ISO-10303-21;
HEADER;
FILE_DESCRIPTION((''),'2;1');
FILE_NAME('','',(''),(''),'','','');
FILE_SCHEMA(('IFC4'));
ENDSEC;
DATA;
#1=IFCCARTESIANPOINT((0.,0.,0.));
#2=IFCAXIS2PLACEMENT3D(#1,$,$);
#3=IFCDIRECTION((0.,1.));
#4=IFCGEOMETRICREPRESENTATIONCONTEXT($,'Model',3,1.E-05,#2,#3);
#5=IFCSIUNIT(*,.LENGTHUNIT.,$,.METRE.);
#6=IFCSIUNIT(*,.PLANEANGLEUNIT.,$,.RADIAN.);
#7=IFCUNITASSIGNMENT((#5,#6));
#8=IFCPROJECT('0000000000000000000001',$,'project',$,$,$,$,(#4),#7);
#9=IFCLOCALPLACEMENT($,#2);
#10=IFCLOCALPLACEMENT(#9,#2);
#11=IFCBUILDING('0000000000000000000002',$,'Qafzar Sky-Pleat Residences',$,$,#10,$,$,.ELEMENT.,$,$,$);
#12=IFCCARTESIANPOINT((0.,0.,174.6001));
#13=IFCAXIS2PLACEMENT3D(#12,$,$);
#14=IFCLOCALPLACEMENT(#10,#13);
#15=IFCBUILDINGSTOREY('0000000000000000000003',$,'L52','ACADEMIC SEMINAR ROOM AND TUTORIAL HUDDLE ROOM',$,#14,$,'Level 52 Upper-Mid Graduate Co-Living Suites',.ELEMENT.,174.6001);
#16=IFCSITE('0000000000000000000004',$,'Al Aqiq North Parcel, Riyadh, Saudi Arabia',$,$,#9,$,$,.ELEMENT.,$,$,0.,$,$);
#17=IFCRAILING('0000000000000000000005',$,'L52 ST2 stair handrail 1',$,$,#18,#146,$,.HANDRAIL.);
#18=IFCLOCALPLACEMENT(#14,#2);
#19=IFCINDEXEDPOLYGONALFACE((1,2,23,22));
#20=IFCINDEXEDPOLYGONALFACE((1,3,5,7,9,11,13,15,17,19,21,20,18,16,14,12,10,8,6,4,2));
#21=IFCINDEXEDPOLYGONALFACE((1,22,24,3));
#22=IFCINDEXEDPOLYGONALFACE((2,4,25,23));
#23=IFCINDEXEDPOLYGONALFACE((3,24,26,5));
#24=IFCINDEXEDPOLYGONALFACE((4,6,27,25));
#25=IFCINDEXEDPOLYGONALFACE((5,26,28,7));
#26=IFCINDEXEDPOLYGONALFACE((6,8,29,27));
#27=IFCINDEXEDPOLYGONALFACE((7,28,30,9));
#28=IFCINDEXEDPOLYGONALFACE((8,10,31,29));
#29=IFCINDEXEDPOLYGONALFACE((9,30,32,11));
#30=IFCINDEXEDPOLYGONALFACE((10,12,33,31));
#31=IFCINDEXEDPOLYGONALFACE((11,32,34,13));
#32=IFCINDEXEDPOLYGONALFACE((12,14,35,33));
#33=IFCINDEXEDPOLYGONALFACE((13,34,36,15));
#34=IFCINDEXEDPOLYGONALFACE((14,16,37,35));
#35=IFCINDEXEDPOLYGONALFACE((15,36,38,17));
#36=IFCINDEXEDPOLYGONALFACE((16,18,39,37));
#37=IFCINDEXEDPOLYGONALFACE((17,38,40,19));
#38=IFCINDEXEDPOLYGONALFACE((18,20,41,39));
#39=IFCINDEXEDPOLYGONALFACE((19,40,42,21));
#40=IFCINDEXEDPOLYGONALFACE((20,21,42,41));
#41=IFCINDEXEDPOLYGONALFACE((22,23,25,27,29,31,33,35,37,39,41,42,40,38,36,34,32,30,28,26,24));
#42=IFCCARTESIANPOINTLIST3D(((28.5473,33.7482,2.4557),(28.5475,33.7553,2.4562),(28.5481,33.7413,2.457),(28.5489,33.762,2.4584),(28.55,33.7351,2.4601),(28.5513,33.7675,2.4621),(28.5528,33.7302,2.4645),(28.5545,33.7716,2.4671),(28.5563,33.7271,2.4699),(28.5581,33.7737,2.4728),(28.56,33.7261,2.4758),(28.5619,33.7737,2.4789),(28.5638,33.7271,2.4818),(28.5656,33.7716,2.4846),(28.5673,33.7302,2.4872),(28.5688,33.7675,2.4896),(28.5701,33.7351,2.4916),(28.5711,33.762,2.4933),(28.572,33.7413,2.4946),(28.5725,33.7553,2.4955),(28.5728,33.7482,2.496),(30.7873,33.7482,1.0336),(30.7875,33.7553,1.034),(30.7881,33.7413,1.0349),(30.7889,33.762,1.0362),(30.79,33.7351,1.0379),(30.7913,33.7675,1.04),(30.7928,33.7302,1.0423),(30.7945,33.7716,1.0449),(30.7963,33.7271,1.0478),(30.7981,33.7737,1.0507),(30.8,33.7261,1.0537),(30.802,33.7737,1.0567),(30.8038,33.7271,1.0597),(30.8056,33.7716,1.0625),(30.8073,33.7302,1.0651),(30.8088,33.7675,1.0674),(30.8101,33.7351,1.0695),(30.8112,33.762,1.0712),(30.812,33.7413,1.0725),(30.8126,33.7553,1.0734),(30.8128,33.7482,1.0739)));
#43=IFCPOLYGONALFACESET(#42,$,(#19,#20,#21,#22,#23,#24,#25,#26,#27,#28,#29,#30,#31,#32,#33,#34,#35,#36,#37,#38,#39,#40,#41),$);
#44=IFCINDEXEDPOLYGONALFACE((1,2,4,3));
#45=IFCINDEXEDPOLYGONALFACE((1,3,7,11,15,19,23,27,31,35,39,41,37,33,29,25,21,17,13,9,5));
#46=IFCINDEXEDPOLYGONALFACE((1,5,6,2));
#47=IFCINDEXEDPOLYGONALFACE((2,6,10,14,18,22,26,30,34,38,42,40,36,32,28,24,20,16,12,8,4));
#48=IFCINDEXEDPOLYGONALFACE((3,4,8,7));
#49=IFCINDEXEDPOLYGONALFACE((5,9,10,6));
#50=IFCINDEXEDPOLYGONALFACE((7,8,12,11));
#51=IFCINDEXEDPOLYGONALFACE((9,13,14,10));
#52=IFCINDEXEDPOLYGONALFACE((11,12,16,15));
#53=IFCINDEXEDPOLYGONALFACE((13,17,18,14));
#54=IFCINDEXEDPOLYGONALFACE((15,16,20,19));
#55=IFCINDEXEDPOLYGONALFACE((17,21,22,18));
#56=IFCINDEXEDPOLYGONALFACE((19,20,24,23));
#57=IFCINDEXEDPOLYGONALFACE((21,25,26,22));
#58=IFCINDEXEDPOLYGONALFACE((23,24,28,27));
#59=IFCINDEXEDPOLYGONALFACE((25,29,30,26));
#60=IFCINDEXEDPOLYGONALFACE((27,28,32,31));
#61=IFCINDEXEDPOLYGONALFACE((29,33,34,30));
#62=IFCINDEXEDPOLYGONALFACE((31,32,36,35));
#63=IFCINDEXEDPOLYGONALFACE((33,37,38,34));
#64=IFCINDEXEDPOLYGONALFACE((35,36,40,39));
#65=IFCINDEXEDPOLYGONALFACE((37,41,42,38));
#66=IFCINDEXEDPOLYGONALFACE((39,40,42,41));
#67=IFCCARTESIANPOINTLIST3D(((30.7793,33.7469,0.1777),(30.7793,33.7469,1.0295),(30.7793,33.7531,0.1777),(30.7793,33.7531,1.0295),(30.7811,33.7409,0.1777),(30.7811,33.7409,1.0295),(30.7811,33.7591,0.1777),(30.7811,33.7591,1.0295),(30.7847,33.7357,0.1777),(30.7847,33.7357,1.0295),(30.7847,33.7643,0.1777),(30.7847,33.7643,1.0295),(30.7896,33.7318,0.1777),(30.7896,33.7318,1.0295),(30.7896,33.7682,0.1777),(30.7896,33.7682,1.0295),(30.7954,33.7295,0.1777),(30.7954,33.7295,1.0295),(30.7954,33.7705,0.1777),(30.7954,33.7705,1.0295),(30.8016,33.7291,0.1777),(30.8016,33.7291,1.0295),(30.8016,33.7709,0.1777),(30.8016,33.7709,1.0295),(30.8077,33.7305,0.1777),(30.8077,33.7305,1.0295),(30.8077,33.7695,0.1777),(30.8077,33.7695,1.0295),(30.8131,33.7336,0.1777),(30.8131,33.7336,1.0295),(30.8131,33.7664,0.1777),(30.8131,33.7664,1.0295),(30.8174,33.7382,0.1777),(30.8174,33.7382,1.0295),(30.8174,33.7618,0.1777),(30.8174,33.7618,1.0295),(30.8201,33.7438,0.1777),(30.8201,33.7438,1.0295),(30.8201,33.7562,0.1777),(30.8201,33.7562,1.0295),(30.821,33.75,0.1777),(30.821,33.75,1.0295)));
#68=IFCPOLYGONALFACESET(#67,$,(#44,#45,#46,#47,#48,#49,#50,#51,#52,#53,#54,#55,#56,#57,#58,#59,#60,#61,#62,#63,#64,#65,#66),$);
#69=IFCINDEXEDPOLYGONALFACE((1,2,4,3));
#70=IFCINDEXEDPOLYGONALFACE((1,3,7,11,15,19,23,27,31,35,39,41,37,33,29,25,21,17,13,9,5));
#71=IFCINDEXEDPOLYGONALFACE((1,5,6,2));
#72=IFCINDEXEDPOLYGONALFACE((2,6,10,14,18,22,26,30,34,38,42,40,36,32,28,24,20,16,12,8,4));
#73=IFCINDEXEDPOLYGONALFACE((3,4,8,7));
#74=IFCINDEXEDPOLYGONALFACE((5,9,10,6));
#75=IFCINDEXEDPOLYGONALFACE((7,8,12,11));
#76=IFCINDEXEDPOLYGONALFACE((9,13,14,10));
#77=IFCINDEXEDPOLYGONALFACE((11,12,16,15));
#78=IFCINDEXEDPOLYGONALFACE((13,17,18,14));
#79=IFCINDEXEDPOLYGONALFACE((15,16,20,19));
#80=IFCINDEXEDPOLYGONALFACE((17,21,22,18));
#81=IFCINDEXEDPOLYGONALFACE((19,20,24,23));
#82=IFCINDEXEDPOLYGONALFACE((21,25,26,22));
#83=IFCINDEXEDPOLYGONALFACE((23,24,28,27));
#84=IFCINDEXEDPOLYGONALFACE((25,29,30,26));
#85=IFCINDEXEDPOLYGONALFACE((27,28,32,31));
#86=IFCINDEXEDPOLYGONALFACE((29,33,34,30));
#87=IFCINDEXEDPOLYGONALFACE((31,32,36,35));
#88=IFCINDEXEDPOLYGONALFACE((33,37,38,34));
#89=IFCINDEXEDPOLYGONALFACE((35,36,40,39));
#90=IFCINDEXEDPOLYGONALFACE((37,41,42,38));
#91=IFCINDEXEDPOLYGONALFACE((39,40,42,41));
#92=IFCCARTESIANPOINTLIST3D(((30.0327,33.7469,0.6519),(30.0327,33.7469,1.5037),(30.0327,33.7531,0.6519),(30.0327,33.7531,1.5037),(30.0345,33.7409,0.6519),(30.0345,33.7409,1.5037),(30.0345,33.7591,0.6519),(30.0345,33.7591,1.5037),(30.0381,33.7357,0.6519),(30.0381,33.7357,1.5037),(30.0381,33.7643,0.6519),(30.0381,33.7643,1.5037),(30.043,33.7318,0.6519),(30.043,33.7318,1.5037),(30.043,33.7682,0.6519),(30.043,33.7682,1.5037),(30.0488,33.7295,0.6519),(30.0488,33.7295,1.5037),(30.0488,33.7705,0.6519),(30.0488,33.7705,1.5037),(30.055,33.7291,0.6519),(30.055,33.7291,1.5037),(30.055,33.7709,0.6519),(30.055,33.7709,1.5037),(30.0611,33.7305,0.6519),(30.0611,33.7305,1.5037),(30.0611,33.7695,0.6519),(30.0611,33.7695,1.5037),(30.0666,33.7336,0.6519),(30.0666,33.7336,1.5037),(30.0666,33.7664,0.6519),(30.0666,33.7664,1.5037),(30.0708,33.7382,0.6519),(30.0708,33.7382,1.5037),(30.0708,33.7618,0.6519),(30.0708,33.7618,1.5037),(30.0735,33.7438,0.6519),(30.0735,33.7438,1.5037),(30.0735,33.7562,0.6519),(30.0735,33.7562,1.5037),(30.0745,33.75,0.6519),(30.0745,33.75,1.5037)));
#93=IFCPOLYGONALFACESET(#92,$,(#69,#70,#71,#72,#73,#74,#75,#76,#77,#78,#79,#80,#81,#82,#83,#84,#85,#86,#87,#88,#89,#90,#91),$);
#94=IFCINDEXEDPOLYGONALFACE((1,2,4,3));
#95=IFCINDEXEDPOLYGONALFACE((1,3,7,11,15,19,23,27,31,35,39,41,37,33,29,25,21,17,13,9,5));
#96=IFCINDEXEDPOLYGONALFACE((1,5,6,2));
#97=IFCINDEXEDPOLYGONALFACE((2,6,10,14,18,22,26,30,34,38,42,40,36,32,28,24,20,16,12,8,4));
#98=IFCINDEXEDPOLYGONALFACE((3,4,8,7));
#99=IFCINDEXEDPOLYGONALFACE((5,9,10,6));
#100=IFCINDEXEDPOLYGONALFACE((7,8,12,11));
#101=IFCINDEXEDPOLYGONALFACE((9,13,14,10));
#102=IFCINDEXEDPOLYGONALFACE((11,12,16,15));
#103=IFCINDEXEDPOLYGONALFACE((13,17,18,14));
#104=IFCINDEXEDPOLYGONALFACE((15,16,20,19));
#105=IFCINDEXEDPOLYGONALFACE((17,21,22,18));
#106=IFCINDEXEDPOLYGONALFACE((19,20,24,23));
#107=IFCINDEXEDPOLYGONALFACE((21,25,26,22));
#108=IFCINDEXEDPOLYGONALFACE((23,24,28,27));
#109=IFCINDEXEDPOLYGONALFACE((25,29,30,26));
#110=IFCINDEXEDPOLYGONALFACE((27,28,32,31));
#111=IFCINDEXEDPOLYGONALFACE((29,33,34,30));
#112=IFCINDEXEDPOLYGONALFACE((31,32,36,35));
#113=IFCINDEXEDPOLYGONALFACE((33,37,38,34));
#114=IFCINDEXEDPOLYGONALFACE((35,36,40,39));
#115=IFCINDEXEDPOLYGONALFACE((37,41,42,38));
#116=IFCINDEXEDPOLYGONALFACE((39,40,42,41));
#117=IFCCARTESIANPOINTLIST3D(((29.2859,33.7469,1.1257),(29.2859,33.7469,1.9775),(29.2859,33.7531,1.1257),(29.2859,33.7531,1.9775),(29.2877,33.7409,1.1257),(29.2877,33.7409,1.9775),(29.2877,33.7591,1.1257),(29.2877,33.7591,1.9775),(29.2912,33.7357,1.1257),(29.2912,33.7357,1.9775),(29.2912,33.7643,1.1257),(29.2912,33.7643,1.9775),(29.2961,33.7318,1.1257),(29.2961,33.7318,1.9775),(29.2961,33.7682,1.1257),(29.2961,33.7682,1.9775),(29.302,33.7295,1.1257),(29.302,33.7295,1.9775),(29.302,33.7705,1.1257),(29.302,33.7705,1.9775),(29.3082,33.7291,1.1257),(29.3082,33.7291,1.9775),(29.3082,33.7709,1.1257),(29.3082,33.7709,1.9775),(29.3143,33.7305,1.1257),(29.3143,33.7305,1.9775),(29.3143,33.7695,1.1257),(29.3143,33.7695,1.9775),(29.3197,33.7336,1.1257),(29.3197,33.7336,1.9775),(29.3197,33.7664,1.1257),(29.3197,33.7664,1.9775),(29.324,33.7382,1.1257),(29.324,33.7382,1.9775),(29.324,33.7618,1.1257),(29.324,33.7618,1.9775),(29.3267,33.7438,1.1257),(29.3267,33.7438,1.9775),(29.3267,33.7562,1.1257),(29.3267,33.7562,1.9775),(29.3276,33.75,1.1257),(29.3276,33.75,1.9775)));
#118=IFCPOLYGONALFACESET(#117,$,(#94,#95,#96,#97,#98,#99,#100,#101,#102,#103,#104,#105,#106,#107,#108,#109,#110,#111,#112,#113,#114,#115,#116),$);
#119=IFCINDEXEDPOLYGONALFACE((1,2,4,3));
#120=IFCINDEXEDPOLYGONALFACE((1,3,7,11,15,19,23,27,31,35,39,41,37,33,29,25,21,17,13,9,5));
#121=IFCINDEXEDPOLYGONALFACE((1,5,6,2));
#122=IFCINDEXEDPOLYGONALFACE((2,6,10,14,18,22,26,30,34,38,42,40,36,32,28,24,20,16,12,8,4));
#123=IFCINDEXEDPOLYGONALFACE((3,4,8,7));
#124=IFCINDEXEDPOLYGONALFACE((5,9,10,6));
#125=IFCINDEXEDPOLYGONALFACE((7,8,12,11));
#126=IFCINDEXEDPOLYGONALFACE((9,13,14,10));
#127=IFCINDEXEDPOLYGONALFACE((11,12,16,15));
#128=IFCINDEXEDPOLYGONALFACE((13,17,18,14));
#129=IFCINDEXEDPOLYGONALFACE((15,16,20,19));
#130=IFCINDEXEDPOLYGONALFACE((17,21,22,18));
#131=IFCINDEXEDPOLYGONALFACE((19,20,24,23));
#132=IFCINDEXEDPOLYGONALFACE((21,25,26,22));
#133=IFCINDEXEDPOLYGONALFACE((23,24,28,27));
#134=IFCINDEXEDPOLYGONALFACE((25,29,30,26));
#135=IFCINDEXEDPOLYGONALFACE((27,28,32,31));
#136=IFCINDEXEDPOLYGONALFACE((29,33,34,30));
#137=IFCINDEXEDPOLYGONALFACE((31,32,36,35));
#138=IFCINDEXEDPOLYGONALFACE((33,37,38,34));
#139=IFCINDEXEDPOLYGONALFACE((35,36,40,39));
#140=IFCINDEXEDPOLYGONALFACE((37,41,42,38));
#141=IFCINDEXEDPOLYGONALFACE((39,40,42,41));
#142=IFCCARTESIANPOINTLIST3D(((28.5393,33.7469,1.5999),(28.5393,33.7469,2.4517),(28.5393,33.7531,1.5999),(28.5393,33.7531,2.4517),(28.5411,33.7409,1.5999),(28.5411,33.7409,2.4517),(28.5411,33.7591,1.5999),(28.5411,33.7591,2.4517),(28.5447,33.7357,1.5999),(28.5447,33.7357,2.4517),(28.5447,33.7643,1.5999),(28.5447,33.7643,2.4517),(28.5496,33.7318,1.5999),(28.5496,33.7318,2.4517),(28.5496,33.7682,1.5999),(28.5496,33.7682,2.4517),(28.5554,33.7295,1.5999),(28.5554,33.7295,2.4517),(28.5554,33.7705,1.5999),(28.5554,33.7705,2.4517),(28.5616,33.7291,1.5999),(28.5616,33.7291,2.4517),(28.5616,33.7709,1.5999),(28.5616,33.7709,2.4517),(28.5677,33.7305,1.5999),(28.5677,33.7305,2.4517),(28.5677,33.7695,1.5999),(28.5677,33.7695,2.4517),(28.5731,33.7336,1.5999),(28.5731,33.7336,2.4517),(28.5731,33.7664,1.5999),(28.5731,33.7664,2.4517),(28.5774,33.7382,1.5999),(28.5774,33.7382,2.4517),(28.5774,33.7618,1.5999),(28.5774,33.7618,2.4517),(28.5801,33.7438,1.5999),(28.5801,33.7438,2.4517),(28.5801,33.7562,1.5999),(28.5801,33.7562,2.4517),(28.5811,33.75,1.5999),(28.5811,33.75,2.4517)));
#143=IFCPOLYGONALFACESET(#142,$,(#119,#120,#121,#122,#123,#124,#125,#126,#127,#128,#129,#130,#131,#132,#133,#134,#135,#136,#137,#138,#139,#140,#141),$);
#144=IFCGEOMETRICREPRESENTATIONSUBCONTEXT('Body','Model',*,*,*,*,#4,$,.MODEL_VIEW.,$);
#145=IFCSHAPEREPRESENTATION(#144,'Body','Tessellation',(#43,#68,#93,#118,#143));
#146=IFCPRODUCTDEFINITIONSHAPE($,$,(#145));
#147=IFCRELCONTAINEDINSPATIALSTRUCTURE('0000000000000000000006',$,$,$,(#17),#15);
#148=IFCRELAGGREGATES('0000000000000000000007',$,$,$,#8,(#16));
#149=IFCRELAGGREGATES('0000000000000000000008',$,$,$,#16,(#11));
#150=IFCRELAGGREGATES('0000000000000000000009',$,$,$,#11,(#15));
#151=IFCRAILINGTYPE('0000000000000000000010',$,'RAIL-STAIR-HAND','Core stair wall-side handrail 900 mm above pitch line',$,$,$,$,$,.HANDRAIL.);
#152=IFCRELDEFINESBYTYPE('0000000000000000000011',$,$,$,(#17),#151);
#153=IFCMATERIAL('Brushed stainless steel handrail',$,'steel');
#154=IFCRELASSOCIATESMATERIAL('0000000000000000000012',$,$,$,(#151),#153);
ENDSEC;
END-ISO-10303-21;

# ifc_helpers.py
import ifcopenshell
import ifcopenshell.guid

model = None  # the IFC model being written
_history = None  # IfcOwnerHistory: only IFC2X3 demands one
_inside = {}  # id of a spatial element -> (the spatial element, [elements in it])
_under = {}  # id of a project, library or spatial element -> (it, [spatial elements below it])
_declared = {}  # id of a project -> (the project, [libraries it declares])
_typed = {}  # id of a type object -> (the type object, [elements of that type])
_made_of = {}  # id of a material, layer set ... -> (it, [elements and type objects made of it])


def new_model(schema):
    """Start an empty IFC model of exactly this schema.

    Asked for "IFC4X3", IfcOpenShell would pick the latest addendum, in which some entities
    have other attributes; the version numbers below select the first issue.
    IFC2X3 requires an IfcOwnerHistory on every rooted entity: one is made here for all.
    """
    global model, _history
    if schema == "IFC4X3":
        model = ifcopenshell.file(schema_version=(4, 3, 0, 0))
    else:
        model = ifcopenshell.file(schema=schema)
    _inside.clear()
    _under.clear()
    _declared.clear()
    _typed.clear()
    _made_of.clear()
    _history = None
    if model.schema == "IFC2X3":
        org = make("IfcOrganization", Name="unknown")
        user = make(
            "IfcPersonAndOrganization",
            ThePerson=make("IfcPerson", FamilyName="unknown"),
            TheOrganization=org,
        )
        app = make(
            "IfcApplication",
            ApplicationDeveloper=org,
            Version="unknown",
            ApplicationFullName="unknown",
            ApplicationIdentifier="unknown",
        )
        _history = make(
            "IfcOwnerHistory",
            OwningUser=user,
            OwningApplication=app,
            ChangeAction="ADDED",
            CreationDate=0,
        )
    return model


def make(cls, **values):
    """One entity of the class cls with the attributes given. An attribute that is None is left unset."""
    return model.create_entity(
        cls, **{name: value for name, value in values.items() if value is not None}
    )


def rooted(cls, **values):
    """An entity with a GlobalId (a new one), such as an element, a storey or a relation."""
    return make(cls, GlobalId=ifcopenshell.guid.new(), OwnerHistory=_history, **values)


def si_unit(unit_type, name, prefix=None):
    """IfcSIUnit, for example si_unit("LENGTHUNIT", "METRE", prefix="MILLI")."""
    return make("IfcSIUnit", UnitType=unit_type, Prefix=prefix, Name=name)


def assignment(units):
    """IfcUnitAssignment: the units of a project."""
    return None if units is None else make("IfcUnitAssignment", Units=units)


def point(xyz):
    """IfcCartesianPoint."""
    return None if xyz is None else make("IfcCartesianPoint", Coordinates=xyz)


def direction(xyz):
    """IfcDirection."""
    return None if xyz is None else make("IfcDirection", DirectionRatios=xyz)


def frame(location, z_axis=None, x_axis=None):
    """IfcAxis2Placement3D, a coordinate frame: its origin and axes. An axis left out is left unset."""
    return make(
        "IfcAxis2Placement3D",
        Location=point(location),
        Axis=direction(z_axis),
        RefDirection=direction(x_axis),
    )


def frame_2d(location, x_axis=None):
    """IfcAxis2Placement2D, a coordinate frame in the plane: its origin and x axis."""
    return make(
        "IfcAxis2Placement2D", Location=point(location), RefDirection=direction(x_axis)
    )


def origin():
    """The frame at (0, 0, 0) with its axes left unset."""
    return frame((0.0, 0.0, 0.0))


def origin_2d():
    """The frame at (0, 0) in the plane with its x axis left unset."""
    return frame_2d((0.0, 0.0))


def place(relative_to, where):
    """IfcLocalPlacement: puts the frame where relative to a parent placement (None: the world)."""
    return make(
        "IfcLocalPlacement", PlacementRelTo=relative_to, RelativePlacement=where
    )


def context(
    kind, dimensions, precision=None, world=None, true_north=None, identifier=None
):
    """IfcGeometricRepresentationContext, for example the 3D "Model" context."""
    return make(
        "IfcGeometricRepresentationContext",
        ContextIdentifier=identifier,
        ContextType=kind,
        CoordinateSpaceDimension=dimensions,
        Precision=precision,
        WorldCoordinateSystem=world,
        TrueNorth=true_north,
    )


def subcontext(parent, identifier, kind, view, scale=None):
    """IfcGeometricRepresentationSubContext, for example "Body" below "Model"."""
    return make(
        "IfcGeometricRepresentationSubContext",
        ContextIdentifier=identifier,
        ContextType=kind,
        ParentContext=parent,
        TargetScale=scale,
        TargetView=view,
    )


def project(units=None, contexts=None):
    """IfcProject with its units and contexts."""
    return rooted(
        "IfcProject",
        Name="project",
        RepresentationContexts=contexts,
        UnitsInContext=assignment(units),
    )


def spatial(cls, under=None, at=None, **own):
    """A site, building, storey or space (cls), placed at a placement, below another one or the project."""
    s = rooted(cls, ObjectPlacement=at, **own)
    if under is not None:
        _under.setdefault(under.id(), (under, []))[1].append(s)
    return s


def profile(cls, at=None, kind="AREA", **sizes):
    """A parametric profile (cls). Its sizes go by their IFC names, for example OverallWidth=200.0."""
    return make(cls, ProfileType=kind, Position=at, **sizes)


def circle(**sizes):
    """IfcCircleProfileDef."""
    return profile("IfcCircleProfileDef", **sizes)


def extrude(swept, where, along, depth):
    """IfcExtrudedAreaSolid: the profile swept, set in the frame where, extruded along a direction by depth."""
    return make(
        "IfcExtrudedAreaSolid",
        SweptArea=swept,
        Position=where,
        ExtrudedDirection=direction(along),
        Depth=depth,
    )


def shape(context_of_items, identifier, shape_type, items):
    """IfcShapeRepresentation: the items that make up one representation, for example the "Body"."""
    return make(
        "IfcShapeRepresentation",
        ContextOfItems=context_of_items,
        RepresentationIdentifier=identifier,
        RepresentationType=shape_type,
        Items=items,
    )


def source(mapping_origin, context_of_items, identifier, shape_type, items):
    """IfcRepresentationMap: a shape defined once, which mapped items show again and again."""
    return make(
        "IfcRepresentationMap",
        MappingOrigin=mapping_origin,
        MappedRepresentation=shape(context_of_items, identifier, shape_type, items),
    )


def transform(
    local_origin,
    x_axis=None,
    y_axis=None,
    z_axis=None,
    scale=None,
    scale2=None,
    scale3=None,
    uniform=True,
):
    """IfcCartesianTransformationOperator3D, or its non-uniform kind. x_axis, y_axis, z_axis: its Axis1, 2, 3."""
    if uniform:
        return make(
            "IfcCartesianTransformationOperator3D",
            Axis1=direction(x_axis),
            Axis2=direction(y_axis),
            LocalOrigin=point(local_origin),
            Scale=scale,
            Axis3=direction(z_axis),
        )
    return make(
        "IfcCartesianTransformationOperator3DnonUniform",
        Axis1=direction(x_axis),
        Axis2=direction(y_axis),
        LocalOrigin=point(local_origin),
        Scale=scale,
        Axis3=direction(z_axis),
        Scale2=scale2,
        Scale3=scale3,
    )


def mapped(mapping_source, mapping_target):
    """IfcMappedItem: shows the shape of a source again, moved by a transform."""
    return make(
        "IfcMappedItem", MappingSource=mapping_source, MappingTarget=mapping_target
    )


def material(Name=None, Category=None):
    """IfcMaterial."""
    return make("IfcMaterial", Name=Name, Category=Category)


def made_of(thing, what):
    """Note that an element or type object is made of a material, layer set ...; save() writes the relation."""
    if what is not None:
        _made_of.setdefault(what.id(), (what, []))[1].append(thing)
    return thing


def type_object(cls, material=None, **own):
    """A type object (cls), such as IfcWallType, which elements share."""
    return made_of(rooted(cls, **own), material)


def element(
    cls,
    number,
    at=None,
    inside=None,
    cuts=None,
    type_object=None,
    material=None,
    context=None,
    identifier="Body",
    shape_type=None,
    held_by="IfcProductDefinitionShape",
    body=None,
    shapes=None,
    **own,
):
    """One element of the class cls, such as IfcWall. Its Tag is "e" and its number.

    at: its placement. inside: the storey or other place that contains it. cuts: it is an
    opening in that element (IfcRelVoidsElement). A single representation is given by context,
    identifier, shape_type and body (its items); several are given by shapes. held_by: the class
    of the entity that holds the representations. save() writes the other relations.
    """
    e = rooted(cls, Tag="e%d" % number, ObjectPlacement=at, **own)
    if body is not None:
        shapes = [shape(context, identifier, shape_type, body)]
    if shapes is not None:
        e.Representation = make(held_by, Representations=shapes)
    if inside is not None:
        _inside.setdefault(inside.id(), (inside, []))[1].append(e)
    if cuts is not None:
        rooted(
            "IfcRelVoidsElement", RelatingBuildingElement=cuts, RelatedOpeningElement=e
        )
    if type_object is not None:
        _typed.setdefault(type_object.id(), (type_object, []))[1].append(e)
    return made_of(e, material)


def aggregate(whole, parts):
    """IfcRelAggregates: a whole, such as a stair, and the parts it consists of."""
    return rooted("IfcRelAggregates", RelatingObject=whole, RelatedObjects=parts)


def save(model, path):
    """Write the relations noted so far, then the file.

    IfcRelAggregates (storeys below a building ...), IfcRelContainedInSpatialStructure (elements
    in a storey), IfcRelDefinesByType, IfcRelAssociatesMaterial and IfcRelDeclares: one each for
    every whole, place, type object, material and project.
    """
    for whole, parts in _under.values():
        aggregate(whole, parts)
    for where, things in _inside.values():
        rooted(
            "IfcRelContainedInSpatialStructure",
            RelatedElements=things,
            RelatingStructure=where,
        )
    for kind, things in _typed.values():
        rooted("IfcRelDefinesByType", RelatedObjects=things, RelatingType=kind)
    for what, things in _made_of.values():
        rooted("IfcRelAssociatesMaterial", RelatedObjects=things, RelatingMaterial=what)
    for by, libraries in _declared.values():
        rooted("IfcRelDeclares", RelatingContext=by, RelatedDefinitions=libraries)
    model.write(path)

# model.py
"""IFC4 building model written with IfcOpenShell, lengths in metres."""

from ifc_helpers import new_model, si_unit, direction, frame, origin, origin_2d, place, context, subcontext, project, spatial, circle, extrude, source, transform, mapped, material, type_object, element, save


model = new_model("IFC4")

# Units and contexts
model_context = context("Model", 3, precision=1e-05, world=origin(), true_north=direction((0.0, 1.0)))
body_context = subcontext(model_context, "Body", "Model", "MODEL_VIEW")
ifc_project = project(units=[si_unit("LENGTHUNIT", "METRE"), si_unit("PLANEANGLEUNIT", "RADIAN")], contexts=[model_context])

# Site, building, storey
site_placement = place(None, origin())
site = spatial("IfcSite", under=ifc_project, at=site_placement, Name="Al Aqiq North Parcel, Riyadh, Saudi Arabia", CompositionType="ELEMENT", RefElevation=0.0)
building_placement = place(site_placement, origin())
building = spatial("IfcBuilding", under=site, at=building_placement, Name="Qafzar Sky-Pleat Residences", CompositionType="ELEMENT")
storey_placement = place(building_placement, frame((0.0, 0.0, 174.6001)))
storey = spatial("IfcBuildingStorey", under=building, at=storey_placement, Name="L52", Description="ACADEMIC SEMINAR ROOM AND TUTORIAL HUDDLE ROOM", LongName="Level 52 Upper-Mid Graduate Co-Living Suites", CompositionType="ELEMENT", Elevation=174.6001)

# Railing
ifc_material_1 = material(Name="Brushed stainless steel handrail", Category="steel")
railing_type_1 = type_object("IfcRailingType", Name="RAIL-STAIR-HAND", Description="Core stair wall-side handrail 900 mm above pitch line", PredefinedType="HANDRAIL", material=ifc_material_1)
shared_shape_1 = source(origin(), body_context, "Body", "SweptSolid", [
    extrude(circle(Radius=0.0239, at=origin_2d()), frame((0.0, 0.0, 0.876), z_axis=(-0.844229, 0.0, 0.535982), x_axis=(0.0, -1.0, 0.0)), (0.0, 0.0, 1.0), 2.6533),
    extrude(circle(Radius=0.021, at=origin_2d()), origin(), (0.0, 0.0, 1.0), 0.8518),
    extrude(circle(Radius=0.021, at=origin_2d()), frame((-0.7466, 0.0, 0.4741)), (0.0, 0.0, 1.0), 0.8518),
    extrude(circle(Radius=0.021, at=origin_2d()), frame((-1.4934, 0.0, 0.948)), (0.0, 0.0, 1.0), 0.8518),
    extrude(circle(Radius=0.021, at=origin_2d()), frame((-2.24, 0.0, 1.4221)), (0.0, 0.0, 1.0), 0.8518),
])
railing_1_placement = place(storey_placement, frame((30.8, 33.75, 0.1777)))
element("IfcRailing", 1, at=railing_1_placement, inside=storey, type_object=railing_type_1, Name="L52 ST2 stair handrail 1", PredefinedType="HANDRAIL", context=body_context, shape_type="MappedRepresentation", body=[
    mapped(shared_shape_1, transform((0.0, 0.0, 0.0), x_axis=(1.0, 0.0, 0.0), y_axis=(0.0, 1.0, 0.0), z_axis=(0.0, 0.0, 1.0), scale=1.0)),
])

save(model, "model.ifc")
